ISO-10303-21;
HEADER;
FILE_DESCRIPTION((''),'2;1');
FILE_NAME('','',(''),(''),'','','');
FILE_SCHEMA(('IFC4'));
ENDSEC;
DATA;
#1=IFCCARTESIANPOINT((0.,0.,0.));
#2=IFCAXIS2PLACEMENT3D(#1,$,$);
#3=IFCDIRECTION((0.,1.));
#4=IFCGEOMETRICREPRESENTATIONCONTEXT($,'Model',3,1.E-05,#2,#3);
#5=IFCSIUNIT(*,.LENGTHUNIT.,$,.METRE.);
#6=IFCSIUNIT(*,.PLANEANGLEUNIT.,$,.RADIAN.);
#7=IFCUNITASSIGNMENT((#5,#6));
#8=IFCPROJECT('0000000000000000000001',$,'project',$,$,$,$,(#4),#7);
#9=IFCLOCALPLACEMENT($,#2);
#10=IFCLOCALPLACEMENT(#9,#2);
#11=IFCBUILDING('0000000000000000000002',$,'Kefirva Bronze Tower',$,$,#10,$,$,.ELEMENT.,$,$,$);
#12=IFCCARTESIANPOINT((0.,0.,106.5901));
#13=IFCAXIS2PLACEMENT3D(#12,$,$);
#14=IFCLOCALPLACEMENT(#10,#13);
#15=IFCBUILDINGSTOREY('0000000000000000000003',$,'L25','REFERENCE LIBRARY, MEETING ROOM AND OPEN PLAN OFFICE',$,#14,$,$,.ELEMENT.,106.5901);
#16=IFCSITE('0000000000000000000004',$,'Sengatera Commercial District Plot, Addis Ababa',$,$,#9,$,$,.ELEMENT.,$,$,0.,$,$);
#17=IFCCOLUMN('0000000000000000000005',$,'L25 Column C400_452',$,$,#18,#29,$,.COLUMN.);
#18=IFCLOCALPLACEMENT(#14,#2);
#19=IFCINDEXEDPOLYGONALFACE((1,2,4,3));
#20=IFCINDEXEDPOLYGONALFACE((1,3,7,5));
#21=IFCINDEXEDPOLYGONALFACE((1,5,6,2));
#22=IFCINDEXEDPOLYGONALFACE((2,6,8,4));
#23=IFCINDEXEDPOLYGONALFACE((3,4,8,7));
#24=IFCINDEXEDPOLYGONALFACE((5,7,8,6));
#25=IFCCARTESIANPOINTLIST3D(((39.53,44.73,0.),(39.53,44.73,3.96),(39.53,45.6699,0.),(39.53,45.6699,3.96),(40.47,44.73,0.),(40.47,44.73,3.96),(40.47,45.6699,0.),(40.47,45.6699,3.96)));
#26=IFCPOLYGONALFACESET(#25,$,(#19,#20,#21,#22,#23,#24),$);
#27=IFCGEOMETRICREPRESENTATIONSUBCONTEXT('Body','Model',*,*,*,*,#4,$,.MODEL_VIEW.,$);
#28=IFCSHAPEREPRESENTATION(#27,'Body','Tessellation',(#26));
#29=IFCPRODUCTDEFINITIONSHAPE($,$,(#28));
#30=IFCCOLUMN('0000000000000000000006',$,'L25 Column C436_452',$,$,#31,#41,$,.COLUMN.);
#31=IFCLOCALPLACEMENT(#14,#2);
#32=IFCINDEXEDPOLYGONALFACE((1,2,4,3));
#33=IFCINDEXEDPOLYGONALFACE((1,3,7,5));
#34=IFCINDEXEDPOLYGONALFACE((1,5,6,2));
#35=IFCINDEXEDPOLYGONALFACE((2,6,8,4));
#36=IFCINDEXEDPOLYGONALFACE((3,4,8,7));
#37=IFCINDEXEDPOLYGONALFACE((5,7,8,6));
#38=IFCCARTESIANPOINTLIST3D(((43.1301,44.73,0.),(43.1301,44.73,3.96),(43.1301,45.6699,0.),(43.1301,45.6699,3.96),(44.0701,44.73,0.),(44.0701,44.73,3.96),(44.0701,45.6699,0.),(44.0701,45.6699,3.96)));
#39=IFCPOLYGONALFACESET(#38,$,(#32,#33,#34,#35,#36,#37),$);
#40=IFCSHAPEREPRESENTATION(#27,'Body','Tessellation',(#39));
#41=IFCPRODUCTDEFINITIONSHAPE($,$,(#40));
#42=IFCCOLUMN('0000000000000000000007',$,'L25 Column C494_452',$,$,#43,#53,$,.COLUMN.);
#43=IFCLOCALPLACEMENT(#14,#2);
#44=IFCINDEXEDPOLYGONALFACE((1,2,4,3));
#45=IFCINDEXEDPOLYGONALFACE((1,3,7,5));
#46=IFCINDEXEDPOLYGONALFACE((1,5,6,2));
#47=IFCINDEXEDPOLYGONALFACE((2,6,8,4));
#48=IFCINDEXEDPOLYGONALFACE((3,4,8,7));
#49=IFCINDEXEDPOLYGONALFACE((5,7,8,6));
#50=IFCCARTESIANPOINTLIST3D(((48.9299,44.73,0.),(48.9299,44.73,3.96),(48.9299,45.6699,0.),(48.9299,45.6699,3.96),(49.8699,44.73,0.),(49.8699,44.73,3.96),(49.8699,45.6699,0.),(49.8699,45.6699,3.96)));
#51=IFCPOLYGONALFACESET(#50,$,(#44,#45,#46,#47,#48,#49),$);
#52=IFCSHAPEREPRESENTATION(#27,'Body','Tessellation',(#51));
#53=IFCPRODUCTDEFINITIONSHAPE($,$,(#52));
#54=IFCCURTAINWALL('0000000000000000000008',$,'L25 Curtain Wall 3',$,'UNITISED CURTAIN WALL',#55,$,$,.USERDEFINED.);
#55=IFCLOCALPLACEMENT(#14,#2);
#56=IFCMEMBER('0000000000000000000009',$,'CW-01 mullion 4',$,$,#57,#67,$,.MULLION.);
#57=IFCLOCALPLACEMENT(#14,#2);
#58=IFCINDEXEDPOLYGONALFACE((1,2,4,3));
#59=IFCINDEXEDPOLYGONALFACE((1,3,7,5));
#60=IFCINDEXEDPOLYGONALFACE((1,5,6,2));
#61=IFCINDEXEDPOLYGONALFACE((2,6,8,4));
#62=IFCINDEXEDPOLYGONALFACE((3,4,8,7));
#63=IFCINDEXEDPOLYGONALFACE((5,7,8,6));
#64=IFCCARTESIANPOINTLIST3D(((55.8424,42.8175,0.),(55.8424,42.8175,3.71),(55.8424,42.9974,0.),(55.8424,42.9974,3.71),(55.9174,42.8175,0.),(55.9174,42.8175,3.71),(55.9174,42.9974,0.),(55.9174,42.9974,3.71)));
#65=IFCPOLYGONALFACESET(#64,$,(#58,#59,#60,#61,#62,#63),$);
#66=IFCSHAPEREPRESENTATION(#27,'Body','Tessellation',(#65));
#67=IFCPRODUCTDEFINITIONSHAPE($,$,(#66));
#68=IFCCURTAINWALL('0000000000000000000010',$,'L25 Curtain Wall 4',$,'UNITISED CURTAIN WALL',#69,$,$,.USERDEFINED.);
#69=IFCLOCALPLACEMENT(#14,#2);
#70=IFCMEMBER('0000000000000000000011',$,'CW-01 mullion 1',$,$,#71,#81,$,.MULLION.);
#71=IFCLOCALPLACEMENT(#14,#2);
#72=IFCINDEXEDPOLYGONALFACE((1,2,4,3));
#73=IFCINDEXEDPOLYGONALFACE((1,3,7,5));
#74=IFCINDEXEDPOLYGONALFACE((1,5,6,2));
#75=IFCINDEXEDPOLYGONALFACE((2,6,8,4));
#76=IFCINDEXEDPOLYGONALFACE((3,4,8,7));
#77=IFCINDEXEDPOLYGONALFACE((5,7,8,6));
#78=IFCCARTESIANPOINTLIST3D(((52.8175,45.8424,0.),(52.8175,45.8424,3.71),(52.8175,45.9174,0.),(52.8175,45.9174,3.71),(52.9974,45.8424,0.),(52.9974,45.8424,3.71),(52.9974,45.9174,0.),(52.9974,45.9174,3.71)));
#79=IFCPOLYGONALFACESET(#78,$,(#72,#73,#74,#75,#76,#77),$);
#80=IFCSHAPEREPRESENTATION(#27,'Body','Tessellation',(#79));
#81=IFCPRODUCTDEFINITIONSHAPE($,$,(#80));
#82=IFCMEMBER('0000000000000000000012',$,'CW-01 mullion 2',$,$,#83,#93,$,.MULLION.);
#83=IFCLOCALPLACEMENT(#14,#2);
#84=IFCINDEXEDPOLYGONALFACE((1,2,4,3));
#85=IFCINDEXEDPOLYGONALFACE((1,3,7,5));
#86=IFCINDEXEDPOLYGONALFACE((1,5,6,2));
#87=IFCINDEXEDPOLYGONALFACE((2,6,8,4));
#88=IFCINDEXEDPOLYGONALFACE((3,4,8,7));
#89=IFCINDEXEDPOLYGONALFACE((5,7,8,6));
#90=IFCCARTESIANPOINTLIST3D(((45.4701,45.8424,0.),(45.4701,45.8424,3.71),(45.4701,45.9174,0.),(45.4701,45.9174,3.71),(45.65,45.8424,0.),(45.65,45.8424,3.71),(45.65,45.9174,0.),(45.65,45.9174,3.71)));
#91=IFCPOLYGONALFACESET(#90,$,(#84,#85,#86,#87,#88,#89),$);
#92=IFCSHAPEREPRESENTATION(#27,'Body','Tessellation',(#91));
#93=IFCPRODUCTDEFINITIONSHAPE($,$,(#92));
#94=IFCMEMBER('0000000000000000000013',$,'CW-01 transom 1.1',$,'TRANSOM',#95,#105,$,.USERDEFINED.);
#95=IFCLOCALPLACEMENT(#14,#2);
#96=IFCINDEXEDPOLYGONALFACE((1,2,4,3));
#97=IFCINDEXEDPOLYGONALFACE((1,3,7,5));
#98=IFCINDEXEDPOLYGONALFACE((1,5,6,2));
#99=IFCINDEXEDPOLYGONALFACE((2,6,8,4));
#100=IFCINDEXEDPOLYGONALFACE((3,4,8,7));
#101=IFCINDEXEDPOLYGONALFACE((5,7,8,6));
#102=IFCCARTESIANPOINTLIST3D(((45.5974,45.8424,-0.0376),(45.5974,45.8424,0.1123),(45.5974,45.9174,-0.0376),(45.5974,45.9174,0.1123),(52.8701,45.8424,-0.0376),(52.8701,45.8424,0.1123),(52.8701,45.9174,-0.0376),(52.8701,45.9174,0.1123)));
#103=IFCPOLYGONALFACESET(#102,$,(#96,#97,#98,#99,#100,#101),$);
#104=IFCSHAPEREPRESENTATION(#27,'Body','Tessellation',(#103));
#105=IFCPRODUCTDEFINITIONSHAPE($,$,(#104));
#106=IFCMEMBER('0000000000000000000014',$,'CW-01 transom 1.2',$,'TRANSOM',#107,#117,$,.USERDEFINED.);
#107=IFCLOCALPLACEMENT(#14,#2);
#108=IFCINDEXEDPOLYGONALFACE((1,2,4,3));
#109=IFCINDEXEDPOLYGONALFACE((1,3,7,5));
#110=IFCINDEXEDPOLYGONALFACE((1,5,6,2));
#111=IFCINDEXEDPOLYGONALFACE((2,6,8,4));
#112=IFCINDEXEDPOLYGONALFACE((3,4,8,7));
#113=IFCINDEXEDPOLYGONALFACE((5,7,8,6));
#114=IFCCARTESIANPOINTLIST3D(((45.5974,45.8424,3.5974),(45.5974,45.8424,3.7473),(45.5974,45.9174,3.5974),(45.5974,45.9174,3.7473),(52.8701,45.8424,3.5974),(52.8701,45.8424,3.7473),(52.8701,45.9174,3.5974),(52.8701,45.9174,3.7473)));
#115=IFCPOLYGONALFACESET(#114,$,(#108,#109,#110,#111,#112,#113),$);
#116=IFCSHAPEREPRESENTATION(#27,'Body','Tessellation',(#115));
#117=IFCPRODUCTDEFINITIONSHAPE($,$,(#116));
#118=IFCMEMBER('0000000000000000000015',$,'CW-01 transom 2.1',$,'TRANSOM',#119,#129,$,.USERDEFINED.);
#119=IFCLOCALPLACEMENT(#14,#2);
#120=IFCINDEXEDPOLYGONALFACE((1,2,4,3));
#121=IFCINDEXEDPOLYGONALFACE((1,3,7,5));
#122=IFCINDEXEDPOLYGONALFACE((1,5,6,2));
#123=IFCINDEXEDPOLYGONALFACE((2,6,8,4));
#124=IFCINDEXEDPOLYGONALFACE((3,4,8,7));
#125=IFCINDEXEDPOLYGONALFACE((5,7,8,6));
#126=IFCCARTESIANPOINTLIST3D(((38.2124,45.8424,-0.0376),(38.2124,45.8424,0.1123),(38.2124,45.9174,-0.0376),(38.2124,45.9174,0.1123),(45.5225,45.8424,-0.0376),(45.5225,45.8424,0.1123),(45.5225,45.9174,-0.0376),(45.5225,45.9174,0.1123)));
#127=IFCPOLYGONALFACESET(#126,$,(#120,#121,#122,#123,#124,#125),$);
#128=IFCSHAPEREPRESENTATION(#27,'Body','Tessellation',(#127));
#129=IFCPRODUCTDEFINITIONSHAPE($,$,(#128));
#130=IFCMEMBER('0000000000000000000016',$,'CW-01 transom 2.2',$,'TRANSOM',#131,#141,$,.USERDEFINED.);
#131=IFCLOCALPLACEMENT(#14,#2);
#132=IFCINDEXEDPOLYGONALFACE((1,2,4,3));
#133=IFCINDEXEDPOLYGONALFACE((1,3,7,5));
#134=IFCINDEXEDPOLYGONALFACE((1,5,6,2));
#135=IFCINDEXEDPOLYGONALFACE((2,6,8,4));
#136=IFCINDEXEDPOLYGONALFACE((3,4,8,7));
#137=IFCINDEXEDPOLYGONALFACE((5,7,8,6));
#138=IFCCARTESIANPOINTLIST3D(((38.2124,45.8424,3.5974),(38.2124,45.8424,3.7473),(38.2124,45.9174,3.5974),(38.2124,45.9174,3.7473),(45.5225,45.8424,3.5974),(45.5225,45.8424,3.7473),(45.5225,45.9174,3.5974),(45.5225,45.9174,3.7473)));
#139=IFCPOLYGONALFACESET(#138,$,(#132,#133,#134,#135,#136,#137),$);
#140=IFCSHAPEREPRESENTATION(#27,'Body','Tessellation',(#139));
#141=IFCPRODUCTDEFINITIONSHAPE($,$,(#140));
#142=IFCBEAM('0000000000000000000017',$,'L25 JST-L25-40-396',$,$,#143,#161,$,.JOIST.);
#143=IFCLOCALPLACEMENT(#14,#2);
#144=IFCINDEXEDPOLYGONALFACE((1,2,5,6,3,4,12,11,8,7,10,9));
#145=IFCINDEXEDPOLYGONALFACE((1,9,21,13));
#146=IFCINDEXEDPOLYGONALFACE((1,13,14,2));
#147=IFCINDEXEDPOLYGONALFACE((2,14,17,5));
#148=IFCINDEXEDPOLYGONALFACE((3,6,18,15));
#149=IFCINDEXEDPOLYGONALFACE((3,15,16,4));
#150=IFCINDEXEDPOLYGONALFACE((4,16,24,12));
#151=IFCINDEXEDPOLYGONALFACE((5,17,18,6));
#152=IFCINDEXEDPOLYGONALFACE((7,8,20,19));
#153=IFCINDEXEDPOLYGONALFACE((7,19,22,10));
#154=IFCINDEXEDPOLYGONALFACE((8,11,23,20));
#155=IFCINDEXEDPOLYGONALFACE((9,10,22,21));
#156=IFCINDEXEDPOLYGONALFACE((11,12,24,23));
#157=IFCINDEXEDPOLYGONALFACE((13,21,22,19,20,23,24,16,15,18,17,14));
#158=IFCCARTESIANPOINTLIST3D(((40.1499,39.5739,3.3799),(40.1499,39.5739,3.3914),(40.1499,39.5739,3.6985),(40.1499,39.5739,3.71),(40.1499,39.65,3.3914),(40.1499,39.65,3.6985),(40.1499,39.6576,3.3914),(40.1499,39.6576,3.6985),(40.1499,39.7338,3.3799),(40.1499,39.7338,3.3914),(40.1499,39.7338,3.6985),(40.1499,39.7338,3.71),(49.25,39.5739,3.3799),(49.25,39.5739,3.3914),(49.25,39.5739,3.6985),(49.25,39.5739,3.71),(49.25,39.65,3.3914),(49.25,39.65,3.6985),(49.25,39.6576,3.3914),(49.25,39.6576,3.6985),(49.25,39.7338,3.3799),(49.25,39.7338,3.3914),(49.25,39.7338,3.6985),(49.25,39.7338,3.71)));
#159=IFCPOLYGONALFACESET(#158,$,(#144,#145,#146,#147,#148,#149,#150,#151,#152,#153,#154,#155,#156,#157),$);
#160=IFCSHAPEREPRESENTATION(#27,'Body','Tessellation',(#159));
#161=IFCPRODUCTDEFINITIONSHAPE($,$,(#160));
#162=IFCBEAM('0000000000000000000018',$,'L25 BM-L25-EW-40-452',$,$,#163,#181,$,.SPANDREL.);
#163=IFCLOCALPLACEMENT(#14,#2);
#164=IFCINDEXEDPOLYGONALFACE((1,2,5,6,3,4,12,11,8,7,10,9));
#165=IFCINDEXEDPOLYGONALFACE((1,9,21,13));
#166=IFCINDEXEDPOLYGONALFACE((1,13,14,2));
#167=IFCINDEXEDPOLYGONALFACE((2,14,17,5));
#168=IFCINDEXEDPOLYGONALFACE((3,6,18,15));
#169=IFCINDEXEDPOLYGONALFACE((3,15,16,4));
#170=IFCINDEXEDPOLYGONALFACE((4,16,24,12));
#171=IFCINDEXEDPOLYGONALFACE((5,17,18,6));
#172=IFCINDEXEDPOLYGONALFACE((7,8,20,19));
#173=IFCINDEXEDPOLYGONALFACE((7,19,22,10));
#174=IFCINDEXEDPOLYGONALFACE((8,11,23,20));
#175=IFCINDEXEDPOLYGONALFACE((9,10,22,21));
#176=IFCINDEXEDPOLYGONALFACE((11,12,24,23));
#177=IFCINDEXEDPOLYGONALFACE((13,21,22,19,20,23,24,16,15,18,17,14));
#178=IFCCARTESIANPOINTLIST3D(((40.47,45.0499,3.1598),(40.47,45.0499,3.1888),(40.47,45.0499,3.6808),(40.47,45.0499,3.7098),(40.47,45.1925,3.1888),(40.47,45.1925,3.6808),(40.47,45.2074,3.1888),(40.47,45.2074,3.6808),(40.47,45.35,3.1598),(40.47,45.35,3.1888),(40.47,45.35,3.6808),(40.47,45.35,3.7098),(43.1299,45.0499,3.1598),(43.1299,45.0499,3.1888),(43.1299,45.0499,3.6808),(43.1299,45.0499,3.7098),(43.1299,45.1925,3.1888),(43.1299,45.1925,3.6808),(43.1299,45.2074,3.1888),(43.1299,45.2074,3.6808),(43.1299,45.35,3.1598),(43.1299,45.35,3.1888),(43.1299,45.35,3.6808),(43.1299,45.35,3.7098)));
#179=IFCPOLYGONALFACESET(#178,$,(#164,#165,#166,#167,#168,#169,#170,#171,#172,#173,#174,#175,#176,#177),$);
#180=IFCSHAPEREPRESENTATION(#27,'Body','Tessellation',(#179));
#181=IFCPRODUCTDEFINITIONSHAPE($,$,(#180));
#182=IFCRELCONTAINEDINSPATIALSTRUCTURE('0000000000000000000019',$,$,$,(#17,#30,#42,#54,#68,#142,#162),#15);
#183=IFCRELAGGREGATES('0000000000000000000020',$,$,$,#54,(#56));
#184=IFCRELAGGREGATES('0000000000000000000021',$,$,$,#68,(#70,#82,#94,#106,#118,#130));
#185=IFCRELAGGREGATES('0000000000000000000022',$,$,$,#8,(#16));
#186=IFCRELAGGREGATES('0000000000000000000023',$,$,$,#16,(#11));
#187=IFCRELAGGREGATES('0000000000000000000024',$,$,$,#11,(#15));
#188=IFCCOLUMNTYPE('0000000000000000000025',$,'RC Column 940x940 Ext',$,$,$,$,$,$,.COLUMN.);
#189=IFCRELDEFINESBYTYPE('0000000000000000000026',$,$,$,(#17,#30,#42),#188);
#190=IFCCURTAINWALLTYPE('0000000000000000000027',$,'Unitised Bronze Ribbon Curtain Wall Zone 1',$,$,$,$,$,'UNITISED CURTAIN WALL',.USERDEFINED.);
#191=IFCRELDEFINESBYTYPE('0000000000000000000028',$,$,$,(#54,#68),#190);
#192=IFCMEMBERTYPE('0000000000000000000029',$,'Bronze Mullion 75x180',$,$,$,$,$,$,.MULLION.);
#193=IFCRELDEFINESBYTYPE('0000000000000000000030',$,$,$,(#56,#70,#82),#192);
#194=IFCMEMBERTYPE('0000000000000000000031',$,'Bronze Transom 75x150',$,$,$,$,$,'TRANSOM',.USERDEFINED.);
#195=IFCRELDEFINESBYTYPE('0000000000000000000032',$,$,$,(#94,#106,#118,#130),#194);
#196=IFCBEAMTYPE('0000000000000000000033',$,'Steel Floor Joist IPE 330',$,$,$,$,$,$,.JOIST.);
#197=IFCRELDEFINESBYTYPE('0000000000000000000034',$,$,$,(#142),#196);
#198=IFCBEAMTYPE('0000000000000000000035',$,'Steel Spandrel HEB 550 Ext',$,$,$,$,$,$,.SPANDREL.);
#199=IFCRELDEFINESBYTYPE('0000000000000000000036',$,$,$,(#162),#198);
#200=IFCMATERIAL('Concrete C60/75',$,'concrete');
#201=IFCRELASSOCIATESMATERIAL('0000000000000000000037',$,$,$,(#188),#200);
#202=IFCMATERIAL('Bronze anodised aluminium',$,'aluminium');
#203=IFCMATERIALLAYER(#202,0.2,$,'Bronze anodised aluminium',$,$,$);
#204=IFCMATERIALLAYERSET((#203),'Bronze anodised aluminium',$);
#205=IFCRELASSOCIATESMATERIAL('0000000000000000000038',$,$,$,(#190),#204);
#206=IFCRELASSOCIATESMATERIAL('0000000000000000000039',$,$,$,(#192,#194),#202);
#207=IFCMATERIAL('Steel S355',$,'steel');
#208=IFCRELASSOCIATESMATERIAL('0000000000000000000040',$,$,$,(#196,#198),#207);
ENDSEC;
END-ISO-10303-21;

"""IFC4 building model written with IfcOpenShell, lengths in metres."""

from ifc_helpers import new_model, si_unit, direction, frame, origin, origin_2d, place, context, subcontext, project, spatial, rectangle, i_section, extrude, material, layer, layer_set, material_profile, profile_set, type_object, element, aggregate, save


model = new_model("IFC4")

# Units and contexts
model_context = context("Model", 3, precision=1e-05, world=origin(), true_north=direction((0.0, 1.0)))
body_context = subcontext(model_context, "Body", "Model", "MODEL_VIEW")
ifc_project = project(units=[si_unit("LENGTHUNIT", "METRE"), si_unit("PLANEANGLEUNIT", "RADIAN")], contexts=[model_context])

# Site, building, storey
site_placement = place(None, origin())
site = spatial("IfcSite", under=ifc_project, at=site_placement, Name="Sengatera Commercial District Plot, Addis Ababa", CompositionType="ELEMENT", RefElevation=0.0)
building_placement = place(site_placement, origin())
building = spatial("IfcBuilding", under=site, at=building_placement, Name="Kefirva Bronze Tower", CompositionType="ELEMENT")
storey_placement = place(building_placement, frame((0.0, 0.0, 106.5901)))
storey = spatial("IfcBuildingStorey", under=building, at=storey_placement, Name="L25", Description="REFERENCE LIBRARY, MEETING ROOM AND OPEN PLAN OFFICE", CompositionType="ELEMENT", Elevation=106.5901)

# Columns
ifc_material_1 = material(Name="Concrete C60/75", Category="concrete")
ifc_material_profile_1 = material_profile(ifc_material_1, rectangle(XDim=0.9399, YDim=0.9399, at=origin_2d()), Name="RC 940x940")
ifc_profile_set_1 = profile_set([ifc_material_profile_1], Name="Concrete C60/75")
column_type = type_object("IfcColumnType", Name="RC Column 940x940 Ext", PredefinedType="COLUMN", material=ifc_profile_set_1)
for number, where, z_axis, x_axis, name in (
    (1, (40.0, 45.2, 0.0), (0.0, 0.0, 1.0), (1.0, 0.0, 0.0), "L25 Column C400_452"),
    (2, (43.6001, 45.2, 0.0), (0.0, 0.0, 1.0), (1.0, 0.0, 0.0), "L25 Column C436_452"),
    (3, (49.3999, 45.2, 0.0), (0.0, 0.0, 1.0), (1.0, 0.0, 0.0), "L25 Column C494_452"),
):
    element("IfcColumn", number, at=place(storey_placement, frame(where, z_axis=z_axis, x_axis=x_axis)), inside=storey, type_object=column_type, Name=name, PredefinedType="COLUMN", context=body_context, shape_type="SweptSolid", body=[
        extrude(rectangle(XDim=0.9399, YDim=0.9399, at=origin_2d()), origin(), (0.0, 0.0, 1.0), 3.96),
    ])

# Curtain wall, member
ifc_material_2 = material(Name="Bronze anodised aluminium", Category="aluminium")
ifc_layer_1 = layer(ifc_material_2, 0.2, Name="Bronze anodised aluminium")
ifc_layer_set_1 = layer_set([ifc_layer_1], Name="Bronze anodised aluminium")
curtain_wall_type = type_object("IfcCurtainWallType", Name="Unitised Bronze Ribbon Curtain Wall Zone 1", ElementType="UNITISED CURTAIN WALL", PredefinedType="USERDEFINED", material=ifc_layer_set_1)
curtain_wall_1_placement = place(storey_placement, origin())
curtain_wall_1 = element("IfcCurtainWall", 4, at=curtain_wall_1_placement, inside=storey, type_object=curtain_wall_type, Name="L25 Curtain Wall 3", ObjectType="UNITISED CURTAIN WALL", PredefinedType="USERDEFINED")
ifc_material_profile_2 = material_profile(ifc_material_2, rectangle(XDim=0.075, YDim=0.1799, at=origin_2d()), Name="ALU 75x180")
ifc_profile_set_2 = profile_set([ifc_material_profile_2], Name="Bronze anodised aluminium")
member_type_1 = type_object("IfcMemberType", Name="Bronze Mullion 75x180", PredefinedType="MULLION", material=ifc_profile_set_2)
member_1_placement = place(storey_placement, frame((55.8799, 42.9075, 0.0), z_axis=(0.0, 0.0, 1.0), x_axis=(-1.0, 0.0, 0.0)))
member_1 = element("IfcMember", 5, at=member_1_placement, type_object=member_type_1, Name="CW-01 mullion 4", PredefinedType="MULLION", context=body_context, shape_type="SweptSolid", body=[
    extrude(rectangle(XDim=0.075, YDim=0.1799, at=origin_2d()), origin(), (0.0, 0.0, 1.0), 3.71),
])

# Curtain wall, members
curtain_wall_2_placement = place(storey_placement, origin())
curtain_wall_2 = element("IfcCurtainWall", 6, at=curtain_wall_2_placement, inside=storey, type_object=curtain_wall_type, Name="L25 Curtain Wall 4", ObjectType="UNITISED CURTAIN WALL", PredefinedType="USERDEFINED")
member_2_placement = place(storey_placement, frame((52.9075, 45.8799, 0.0), z_axis=(0.0, 0.0, 1.0), x_axis=(0.0, -1.0, 0.0)))
member_2 = element("IfcMember", 7, at=member_2_placement, type_object=member_type_1, Name="CW-01 mullion 1", PredefinedType="MULLION", context=body_context, shape_type="SweptSolid", body=[
    extrude(rectangle(XDim=0.075, YDim=0.1799, at=origin_2d()), origin(), (0.0, 0.0, 1.0), 3.71),
])
member_3_placement = place(storey_placement, frame((45.5601, 45.8799, 0.0), z_axis=(0.0, 0.0, 1.0), x_axis=(0.0, -1.0, 0.0)))
member_3 = element("IfcMember", 8, at=member_3_placement, type_object=member_type_1, Name="CW-01 mullion 2", PredefinedType="MULLION", context=body_context, shape_type="SweptSolid", body=[
    extrude(rectangle(XDim=0.075, YDim=0.1799, at=origin_2d()), origin(), (0.0, 0.0, 1.0), 3.71),
])
ifc_material_profile_3 = material_profile(ifc_material_2, rectangle(XDim=0.075, YDim=0.1499, at=origin_2d()), Name="ALU 75x150")
ifc_profile_set_3 = profile_set([ifc_material_profile_3], Name="Bronze anodised aluminium")
member_type_2 = type_object("IfcMemberType", Name="Bronze Transom 75x150", ElementType="TRANSOM", PredefinedType="USERDEFINED", material=ifc_profile_set_3)
member_4_placement = place(storey_placement, frame((52.8701, 45.8799, 0.0374), z_axis=(-1.0, 0.0, 0.0), x_axis=(0.0, -1.0, 0.0)))
member_4 = element("IfcMember", 9, at=member_4_placement, type_object=member_type_2, Name="CW-01 transom 1.1", ObjectType="TRANSOM", PredefinedType="USERDEFINED", context=body_context, shape_type="SweptSolid", body=[
    extrude(rectangle(XDim=0.075, YDim=0.1499, at=origin_2d()), origin(), (0.0, 0.0, 1.0), 7.2727),
])
member_5_placement = place(storey_placement, frame((52.8701, 45.8799, 3.6724), z_axis=(-1.0, 0.0, 0.0), x_axis=(0.0, -1.0, 0.0)))
member_5 = element("IfcMember", 10, at=member_5_placement, type_object=member_type_2, Name="CW-01 transom 1.2", ObjectType="TRANSOM", PredefinedType="USERDEFINED", context=body_context, shape_type="SweptSolid", body=[
    extrude(rectangle(XDim=0.075, YDim=0.1499, at=origin_2d()), origin(), (0.0, 0.0, 1.0), 7.2727),
])
member_6_placement = place(storey_placement, frame((45.5225, 45.8799, 0.0374), z_axis=(-1.0, 0.0, 0.0), x_axis=(0.0, -1.0, 0.0)))
member_6 = element("IfcMember", 11, at=member_6_placement, type_object=member_type_2, Name="CW-01 transom 2.1", ObjectType="TRANSOM", PredefinedType="USERDEFINED", context=body_context, shape_type="SweptSolid", body=[
    extrude(rectangle(XDim=0.075, YDim=0.1499, at=origin_2d()), origin(), (0.0, 0.0, 1.0), 7.3101),
])
member_7_placement = place(storey_placement, frame((45.5225, 45.8799, 3.6724), z_axis=(-1.0, 0.0, 0.0), x_axis=(0.0, -1.0, 0.0)))
member_7 = element("IfcMember", 12, at=member_7_placement, type_object=member_type_2, Name="CW-01 transom 2.2", ObjectType="TRANSOM", PredefinedType="USERDEFINED", context=body_context, shape_type="SweptSolid", body=[
    extrude(rectangle(XDim=0.075, YDim=0.1499, at=origin_2d()), origin(), (0.0, 0.0, 1.0), 7.3101),
])

# Beams
ifc_material_3 = material(Name="Steel S355", Category="steel")
ifc_material_profile_4 = material_profile(ifc_material_3, i_section(OverallWidth=0.1599, OverallDepth=0.3301, WebThickness=0.0076, FlangeThickness=0.0115, at=origin_2d()), Name="IPE 330")
ifc_profile_set_4 = profile_set([ifc_material_profile_4], Name="Steel S355")
beam_type_1 = type_object("IfcBeamType", Name="Steel Floor Joist IPE 330", PredefinedType="JOIST", material=ifc_profile_set_4)
beam_1_placement = place(storey_placement, frame((40.1499, 39.6538, 3.5449), z_axis=(1.0, 0.0, 0.0), x_axis=(0.0, 1.0, 0.0)))
element("IfcBeam", 13, at=beam_1_placement, inside=storey, type_object=beam_type_1, Name="L25 JST-L25-40-396", PredefinedType="JOIST", context=body_context, shape_type="SweptSolid", body=[
    extrude(i_section(OverallWidth=0.1599, OverallDepth=0.3301, WebThickness=0.0076, FlangeThickness=0.0115, at=origin_2d()), origin(), (0.0, 0.0, 1.0), 9.1001),
])
ifc_material_profile_5 = material_profile(ifc_material_3, i_section(OverallWidth=0.3, OverallDepth=0.55, WebThickness=0.0149, FlangeThickness=0.0291, at=origin_2d()), Name="HEB 550")
ifc_profile_set_5 = profile_set([ifc_material_profile_5], Name="Steel S355")
beam_type_2 = type_object("IfcBeamType", Name="Steel Spandrel HEB 550 Ext", PredefinedType="SPANDREL", material=ifc_profile_set_5)
beam_2_placement = place(storey_placement, frame((40.47, 45.2, 3.4348), z_axis=(1.0, 0.0, 0.0), x_axis=(0.0, 1.0, 0.0)))
element("IfcBeam", 14, at=beam_2_placement, inside=storey, type_object=beam_type_2, Name="L25 BM-L25-EW-40-452", PredefinedType="SPANDREL", context=body_context, shape_type="SweptSolid", body=[
    extrude(i_section(OverallWidth=0.3, OverallDepth=0.55, WebThickness=0.0149, FlangeThickness=0.0291, at=origin_2d()), origin(), (0.0, 0.0, 1.0), 2.6599),
])

aggregate(curtain_wall_1, [member_1])
aggregate(curtain_wall_2, [member_2, member_3, member_4, member_5, member_6, member_7])

save(model, "model.ifc")
